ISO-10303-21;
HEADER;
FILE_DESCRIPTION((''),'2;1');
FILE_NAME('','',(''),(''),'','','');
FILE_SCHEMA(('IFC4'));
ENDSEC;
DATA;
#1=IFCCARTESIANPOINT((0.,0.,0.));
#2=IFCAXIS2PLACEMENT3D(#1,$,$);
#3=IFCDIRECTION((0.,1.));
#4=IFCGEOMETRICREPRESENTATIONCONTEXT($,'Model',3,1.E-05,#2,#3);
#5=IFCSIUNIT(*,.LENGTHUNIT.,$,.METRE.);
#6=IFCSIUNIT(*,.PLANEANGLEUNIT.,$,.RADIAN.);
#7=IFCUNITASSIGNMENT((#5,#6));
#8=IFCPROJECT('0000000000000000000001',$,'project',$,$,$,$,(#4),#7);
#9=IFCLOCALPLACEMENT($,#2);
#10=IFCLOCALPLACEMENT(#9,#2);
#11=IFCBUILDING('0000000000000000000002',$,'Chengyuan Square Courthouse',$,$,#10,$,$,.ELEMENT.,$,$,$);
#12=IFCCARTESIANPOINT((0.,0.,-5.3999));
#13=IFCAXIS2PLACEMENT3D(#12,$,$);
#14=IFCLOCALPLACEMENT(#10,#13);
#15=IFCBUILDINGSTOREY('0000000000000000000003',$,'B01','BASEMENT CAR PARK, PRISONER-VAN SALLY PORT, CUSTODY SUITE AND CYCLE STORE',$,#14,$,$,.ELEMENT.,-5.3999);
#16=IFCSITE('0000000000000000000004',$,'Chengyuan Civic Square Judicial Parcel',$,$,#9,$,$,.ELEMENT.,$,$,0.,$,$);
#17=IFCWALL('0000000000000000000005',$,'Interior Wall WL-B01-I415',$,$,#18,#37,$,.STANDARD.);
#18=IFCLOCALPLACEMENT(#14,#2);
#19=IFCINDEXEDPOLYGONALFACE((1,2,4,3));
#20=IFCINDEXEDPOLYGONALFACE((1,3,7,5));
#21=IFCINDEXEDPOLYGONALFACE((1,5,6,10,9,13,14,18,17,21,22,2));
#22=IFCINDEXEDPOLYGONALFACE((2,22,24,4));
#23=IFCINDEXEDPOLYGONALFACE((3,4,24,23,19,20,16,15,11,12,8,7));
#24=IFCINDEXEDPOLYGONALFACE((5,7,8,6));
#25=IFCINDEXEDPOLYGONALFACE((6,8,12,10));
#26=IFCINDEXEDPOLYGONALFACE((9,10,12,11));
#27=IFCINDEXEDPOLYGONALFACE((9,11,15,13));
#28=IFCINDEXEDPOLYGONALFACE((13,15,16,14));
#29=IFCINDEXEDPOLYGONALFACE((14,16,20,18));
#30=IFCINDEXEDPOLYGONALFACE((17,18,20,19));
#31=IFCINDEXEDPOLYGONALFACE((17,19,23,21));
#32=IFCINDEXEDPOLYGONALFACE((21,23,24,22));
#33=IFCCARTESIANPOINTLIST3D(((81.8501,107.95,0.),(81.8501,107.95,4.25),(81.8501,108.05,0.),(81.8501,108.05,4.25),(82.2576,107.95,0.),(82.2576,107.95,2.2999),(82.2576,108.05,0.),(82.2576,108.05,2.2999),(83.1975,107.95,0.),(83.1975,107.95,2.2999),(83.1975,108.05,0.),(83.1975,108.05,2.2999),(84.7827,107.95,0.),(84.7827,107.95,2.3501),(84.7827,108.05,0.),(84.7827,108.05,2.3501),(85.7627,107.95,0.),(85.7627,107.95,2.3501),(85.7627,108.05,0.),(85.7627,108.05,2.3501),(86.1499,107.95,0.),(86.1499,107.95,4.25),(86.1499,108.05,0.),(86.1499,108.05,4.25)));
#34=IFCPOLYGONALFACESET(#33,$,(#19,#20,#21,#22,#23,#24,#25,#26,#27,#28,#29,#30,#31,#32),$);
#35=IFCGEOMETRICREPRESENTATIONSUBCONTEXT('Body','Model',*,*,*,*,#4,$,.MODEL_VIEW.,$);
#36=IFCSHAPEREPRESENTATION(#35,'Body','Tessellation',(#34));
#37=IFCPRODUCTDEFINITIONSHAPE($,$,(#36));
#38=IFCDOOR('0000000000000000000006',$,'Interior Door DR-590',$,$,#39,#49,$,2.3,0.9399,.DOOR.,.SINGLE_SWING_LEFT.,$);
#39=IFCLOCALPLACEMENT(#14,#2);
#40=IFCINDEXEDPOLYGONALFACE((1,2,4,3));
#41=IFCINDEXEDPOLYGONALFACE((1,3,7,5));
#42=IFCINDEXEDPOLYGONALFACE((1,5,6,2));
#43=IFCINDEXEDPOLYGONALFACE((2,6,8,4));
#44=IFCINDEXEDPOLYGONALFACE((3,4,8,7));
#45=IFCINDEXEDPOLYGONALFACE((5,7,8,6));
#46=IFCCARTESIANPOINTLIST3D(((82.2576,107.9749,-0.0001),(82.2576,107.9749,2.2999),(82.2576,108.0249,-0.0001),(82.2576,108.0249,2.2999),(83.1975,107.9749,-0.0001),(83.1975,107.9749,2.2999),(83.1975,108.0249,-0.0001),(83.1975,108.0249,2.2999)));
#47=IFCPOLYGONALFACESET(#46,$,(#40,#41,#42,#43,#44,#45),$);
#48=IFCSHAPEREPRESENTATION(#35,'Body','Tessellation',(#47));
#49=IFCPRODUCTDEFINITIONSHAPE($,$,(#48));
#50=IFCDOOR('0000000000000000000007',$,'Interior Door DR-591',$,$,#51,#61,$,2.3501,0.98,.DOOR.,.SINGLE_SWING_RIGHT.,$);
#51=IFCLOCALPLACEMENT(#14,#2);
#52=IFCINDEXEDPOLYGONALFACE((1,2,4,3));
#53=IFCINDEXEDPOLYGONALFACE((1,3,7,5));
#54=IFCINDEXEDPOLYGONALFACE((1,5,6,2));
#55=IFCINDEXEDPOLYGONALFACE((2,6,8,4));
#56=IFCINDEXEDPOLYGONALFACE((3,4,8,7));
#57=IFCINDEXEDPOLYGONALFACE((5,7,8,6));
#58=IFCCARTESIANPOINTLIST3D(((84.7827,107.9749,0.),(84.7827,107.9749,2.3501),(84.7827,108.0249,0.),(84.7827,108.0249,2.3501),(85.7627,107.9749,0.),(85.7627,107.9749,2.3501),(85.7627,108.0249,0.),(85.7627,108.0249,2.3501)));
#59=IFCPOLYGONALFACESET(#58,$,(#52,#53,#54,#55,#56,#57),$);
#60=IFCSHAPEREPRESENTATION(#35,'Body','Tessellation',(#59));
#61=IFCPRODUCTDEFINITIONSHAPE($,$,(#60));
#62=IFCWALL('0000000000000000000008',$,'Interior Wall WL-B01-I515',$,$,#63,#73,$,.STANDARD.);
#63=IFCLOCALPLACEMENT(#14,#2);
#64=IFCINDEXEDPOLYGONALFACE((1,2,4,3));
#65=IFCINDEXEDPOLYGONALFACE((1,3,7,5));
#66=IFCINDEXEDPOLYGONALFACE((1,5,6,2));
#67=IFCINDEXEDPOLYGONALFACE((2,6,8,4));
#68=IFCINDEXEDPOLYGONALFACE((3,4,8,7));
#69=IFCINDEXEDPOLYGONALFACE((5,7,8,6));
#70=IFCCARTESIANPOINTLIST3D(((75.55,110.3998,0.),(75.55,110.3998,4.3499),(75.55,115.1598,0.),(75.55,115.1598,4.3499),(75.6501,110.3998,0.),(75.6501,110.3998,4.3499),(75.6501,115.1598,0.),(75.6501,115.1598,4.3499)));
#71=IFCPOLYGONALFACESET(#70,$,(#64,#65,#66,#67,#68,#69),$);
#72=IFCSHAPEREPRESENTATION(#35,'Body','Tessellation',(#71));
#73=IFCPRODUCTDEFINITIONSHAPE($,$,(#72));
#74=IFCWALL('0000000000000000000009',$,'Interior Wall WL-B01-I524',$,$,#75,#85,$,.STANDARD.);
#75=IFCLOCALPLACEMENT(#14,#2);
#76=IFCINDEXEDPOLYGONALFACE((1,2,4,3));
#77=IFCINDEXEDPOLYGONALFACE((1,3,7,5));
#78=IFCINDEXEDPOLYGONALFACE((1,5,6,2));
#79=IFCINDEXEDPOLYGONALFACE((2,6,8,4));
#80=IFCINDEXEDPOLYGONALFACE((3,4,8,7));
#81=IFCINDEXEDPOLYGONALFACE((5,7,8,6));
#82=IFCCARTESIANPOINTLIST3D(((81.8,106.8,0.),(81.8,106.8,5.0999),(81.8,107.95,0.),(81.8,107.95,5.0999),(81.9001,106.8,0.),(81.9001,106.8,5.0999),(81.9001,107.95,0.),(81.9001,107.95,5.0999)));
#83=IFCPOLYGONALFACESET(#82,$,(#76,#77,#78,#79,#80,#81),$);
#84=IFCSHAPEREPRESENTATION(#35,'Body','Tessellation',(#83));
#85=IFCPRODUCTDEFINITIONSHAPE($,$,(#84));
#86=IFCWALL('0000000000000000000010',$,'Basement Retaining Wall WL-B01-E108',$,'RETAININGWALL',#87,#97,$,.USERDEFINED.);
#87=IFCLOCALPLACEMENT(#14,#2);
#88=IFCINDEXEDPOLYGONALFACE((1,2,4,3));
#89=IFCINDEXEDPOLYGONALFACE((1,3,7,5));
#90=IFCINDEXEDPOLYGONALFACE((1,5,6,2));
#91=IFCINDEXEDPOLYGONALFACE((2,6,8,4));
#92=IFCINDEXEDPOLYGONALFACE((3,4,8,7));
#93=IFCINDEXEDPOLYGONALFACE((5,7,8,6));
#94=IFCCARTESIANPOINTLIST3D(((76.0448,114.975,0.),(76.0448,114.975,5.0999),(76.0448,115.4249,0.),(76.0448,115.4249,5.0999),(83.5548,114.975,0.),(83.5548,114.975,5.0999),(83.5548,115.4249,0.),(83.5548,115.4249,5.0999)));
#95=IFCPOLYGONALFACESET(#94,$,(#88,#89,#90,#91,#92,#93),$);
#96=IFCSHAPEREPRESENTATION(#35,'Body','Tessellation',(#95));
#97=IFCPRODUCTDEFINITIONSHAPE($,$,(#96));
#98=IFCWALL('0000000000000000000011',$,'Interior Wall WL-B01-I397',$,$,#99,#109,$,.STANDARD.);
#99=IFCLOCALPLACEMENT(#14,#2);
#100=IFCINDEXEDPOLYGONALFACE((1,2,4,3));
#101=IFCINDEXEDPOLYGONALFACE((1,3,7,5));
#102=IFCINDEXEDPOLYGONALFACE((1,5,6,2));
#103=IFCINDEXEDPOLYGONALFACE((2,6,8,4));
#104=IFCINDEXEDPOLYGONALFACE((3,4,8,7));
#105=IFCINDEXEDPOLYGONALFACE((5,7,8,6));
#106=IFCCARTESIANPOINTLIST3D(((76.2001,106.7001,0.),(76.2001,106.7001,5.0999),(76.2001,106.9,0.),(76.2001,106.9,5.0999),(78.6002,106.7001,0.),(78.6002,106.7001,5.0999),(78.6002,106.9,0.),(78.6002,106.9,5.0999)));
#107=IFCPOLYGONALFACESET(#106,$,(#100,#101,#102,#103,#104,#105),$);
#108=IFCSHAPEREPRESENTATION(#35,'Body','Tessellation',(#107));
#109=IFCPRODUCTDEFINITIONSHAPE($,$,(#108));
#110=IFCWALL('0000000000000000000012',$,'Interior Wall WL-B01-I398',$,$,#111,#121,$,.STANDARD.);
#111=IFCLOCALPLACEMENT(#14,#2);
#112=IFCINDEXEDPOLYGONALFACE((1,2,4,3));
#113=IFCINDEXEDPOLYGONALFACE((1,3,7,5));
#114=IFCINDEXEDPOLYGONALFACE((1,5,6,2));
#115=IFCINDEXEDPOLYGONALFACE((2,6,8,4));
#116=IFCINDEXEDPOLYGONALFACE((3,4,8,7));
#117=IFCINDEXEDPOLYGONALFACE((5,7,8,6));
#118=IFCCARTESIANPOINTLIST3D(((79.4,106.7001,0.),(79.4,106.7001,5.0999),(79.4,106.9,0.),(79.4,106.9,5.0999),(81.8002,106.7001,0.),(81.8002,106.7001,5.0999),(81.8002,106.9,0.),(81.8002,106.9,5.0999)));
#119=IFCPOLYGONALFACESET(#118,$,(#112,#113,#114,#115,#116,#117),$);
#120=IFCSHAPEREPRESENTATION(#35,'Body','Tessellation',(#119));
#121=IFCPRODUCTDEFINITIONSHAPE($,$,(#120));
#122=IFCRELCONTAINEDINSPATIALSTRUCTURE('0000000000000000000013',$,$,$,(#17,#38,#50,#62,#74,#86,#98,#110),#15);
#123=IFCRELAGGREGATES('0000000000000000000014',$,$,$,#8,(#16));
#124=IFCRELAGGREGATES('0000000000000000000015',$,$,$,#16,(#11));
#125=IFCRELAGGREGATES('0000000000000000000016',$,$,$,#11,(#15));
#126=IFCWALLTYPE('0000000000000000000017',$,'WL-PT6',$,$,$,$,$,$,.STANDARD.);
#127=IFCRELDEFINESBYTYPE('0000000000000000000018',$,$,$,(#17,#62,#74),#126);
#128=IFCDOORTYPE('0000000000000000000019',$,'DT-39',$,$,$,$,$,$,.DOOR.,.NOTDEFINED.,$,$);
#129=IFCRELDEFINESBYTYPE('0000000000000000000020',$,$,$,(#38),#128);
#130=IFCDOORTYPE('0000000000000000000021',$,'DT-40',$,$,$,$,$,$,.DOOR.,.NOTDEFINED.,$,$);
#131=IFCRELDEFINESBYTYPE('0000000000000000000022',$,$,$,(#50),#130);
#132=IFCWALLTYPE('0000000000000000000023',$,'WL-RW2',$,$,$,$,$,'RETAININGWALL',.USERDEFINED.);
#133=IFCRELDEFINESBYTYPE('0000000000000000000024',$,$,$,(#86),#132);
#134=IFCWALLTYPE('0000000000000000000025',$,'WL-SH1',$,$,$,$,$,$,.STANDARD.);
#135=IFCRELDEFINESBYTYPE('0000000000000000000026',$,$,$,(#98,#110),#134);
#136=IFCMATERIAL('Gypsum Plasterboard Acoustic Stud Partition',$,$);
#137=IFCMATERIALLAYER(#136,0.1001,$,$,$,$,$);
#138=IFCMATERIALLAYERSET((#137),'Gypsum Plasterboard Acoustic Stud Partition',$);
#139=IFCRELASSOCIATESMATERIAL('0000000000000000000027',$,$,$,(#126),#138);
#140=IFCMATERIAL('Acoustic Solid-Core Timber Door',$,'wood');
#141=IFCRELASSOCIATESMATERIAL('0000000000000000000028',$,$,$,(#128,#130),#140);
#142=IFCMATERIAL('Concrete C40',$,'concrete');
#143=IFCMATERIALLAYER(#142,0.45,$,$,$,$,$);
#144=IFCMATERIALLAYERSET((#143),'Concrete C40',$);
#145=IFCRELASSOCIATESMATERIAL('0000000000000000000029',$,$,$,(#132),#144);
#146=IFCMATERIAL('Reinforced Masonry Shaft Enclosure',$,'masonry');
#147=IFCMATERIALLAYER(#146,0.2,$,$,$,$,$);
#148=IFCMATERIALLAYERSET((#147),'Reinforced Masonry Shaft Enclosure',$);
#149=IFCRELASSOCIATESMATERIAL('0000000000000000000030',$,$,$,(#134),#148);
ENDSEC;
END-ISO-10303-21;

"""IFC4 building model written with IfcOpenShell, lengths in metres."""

from ifc_helpers import new_model, si_unit, direction, frame, frame_2d, origin, place, context, subcontext, project, spatial, rectangle, extrude, material, layer, layer_set, type_object, element, fill, save


model = new_model("IFC4")

# Units and contexts
model_context = context("Model", 3, precision=1e-05, world=origin(), true_north=direction((0.0, 1.0)))
body_context = subcontext(model_context, "Body", "Model", "MODEL_VIEW")
ifc_project = project(units=[si_unit("LENGTHUNIT", "METRE"), si_unit("PLANEANGLEUNIT", "RADIAN")], contexts=[model_context])

# Site, building, storey
site_placement = place(None, origin())
site = spatial("IfcSite", under=ifc_project, at=site_placement, Name="Chengyuan Civic Square Judicial Parcel", CompositionType="ELEMENT", RefElevation=0.0)
building_placement = place(site_placement, origin())
building = spatial("IfcBuilding", under=site, at=building_placement, Name="Chengyuan Square Courthouse", CompositionType="ELEMENT")
storey_placement = place(building_placement, frame((0.0, 0.0, -5.3999)))
storey = spatial("IfcBuildingStorey", under=building, at=storey_placement, Name="B01", Description="BASEMENT CAR PARK, PRISONER-VAN SALLY PORT, CUSTODY SUITE AND CYCLE STORE", CompositionType="ELEMENT", Elevation=-5.3999)

# Shared definitions
ifc_material_1 = material(Name="Concrete C40", Category="concrete")

# Shared definitions
ifc_material_2 = material(Name="Gypsum Plasterboard Acoustic Stud Partition")
ifc_layer_1 = layer(ifc_material_2, 0.1001)
ifc_layer_set_1 = layer_set([ifc_layer_1], Name="Gypsum Plasterboard Acoustic Stud Partition")
wall_type_1 = type_object("IfcWallType", Name="WL-PT6", PredefinedType="STANDARD", material=ifc_layer_set_1)

# Wall, openings, doors
wall_1_placement = place(storey_placement, frame((81.8501, 108.0, 0.0), z_axis=(0.0, 0.0, 1.0), x_axis=(1.0, 0.0, 0.0)))
wall_1 = element("IfcWall", 1, at=wall_1_placement, inside=storey, type_object=wall_type_1, Name="Interior Wall WL-B01-I415", PredefinedType="STANDARD", context=body_context, shape_type="SweptSolid", body=[
    extrude(rectangle(XDim=4.2998, YDim=0.1001, at=frame_2d((2.1499, 0.0))), origin(), (0.0, 0.0, 1.0), 4.25),
])
opening_1_placement = place(wall_1_placement, frame((0.4075, 0.0, 0.0)))
opening_1 = element("IfcOpeningElement", 2, at=opening_1_placement, cuts=wall_1, PredefinedType="OPENING", context=body_context, shape_type="SweptSolid", body=[
    extrude(rectangle(XDim=0.9399, YDim=2.3, at=frame_2d((0.47, 1.1499))), frame((0.0, 0.062, 0.0), z_axis=(0.0, -1.0, 0.0), x_axis=(1.0, 0.0, 0.0)), (0.0, 0.0, 1.0), 0.124),
])
opening_2_placement = place(wall_1_placement, frame((2.9326, 0.0, 0.0)))
opening_2 = element("IfcOpeningElement", 3, at=opening_2_placement, cuts=wall_1, PredefinedType="OPENING", context=body_context, shape_type="SweptSolid", body=[
    extrude(rectangle(XDim=0.98, YDim=2.3501, at=frame_2d((0.49, 1.175))), frame((0.0, 0.062, 0.0), z_axis=(0.0, -1.0, 0.0), x_axis=(1.0, 0.0, 0.0)), (0.0, 0.0, 1.0), 0.124),
])
ifc_material_3 = material(Name="Acoustic Solid-Core Timber Door", Category="wood")
door_type_1 = type_object("IfcDoorType", Name="DT-39", OperationType="NOTDEFINED", PredefinedType="DOOR", material=ifc_material_3)
door_1_placement = place(opening_1_placement, origin())
door_1 = element("IfcDoor", 4, at=door_1_placement, inside=storey, type_object=door_type_1, Name="Interior Door DR-590", OperationType="SINGLE_SWING_LEFT", OverallHeight=2.3, OverallWidth=0.9399, PredefinedType="DOOR", context=body_context, shape_type="SweptSolid", body=[
    extrude(rectangle(XDim=0.9399, YDim=2.3, at=frame_2d((0.47, 1.1499))), frame((0.0, 0.0249, 0.0), z_axis=(0.0, -1.0, 0.0), x_axis=(1.0, 0.0, 0.0)), (0.0, 0.0, 1.0), 0.05),
])
fill(opening_1, door_1)
door_type_2 = type_object("IfcDoorType", Name="DT-40", OperationType="NOTDEFINED", PredefinedType="DOOR", material=ifc_material_3)
door_2_placement = place(opening_2_placement, origin())
door_2 = element("IfcDoor", 5, at=door_2_placement, inside=storey, type_object=door_type_2, Name="Interior Door DR-591", OperationType="SINGLE_SWING_RIGHT", OverallHeight=2.3501, OverallWidth=0.98, PredefinedType="DOOR", context=body_context, shape_type="SweptSolid", body=[
    extrude(rectangle(XDim=0.98, YDim=2.3501, at=frame_2d((0.49, 1.175))), frame((0.0, 0.0249, 0.0), z_axis=(0.0, -1.0, 0.0), x_axis=(1.0, 0.0, 0.0)), (0.0, 0.0, 1.0), 0.05),
])
fill(opening_2, door_2)

# Walls
wall_2_placement = place(storey_placement, frame((75.6001, 110.3999, 0.0), z_axis=(0.0, 0.0, 1.0), x_axis=(0.0, 1.0, 0.0)))
element("IfcWall", 6, at=wall_2_placement, inside=storey, type_object=wall_type_1, Name="Interior Wall WL-B01-I515", PredefinedType="STANDARD", context=body_context, shape_type="SweptSolid", body=[
    extrude(rectangle(XDim=4.76, YDim=0.1001, at=frame_2d((2.3799, 0.0))), origin(), (0.0, 0.0, 1.0), 4.3499),
])
wall_3_placement = place(storey_placement, frame((81.8501, 106.8, 0.0), z_axis=(0.0, 0.0, 1.0), x_axis=(0.0, 1.0, 0.0)))
element("IfcWall", 7, at=wall_3_placement, inside=storey, type_object=wall_type_1, Name="Interior Wall WL-B01-I524", PredefinedType="STANDARD", context=body_context, shape_type="SweptSolid", body=[
    extrude(rectangle(XDim=1.1499, YDim=0.1001, at=frame_2d((0.575, 0.0))), origin(), (0.0, 0.0, 1.0), 5.0999),
])
ifc_layer_2 = layer(ifc_material_1, 0.45)
ifc_layer_set_2 = layer_set([ifc_layer_2], Name="Concrete C40")
wall_type_2 = type_object("IfcWallType", Name="WL-RW2", ElementType="RETAININGWALL", PredefinedType="USERDEFINED", material=ifc_layer_set_2)
wall_4_placement = place(storey_placement, frame((76.0449, 115.2, 0.0), z_axis=(0.0, 0.0, 1.0), x_axis=(1.0, 0.0, 0.0)))
element("IfcWall", 8, at=wall_4_placement, inside=storey, type_object=wall_type_2, Name="Basement Retaining Wall WL-B01-E108", ObjectType="RETAININGWALL", PredefinedType="USERDEFINED", context=body_context, shape_type="SweptSolid", body=[
    extrude(rectangle(XDim=7.51, YDim=0.45, at=frame_2d((3.7549, 0.0))), origin(), (0.0, 0.0, 1.0), 5.0999),
])
ifc_material_4 = material(Name="Reinforced Masonry Shaft Enclosure", Category="masonry")
ifc_layer_3 = layer(ifc_material_4, 0.2)
ifc_layer_set_3 = layer_set([ifc_layer_3], Name="Reinforced Masonry Shaft Enclosure")
wall_type_3 = type_object("IfcWallType", Name="WL-SH1", PredefinedType="STANDARD", material=ifc_layer_set_3)
for number, where, z_axis, x_axis, name in (
    (9, (76.2, 106.8, 0.0), (0.0, 0.0, 1.0), (1.0, 0.0, 0.0), "Interior Wall WL-B01-I397"),
    (10, (79.3999, 106.8, 0.0), (0.0, 0.0, 1.0), (1.0, 0.0, 0.0), "Interior Wall WL-B01-I398"),
):
    element("IfcWall", number, at=place(storey_placement, frame(where, z_axis=z_axis, x_axis=x_axis)), inside=storey, type_object=wall_type_3, Name=name, PredefinedType="STANDARD", context=body_context, shape_type="SweptSolid", body=[
        extrude(rectangle(XDim=2.4001, YDim=0.2, at=frame_2d((1.2002, 0.0))), origin(), (0.0, 0.0, 1.0), 5.0999),
    ])

save(model, "model.ifc")
